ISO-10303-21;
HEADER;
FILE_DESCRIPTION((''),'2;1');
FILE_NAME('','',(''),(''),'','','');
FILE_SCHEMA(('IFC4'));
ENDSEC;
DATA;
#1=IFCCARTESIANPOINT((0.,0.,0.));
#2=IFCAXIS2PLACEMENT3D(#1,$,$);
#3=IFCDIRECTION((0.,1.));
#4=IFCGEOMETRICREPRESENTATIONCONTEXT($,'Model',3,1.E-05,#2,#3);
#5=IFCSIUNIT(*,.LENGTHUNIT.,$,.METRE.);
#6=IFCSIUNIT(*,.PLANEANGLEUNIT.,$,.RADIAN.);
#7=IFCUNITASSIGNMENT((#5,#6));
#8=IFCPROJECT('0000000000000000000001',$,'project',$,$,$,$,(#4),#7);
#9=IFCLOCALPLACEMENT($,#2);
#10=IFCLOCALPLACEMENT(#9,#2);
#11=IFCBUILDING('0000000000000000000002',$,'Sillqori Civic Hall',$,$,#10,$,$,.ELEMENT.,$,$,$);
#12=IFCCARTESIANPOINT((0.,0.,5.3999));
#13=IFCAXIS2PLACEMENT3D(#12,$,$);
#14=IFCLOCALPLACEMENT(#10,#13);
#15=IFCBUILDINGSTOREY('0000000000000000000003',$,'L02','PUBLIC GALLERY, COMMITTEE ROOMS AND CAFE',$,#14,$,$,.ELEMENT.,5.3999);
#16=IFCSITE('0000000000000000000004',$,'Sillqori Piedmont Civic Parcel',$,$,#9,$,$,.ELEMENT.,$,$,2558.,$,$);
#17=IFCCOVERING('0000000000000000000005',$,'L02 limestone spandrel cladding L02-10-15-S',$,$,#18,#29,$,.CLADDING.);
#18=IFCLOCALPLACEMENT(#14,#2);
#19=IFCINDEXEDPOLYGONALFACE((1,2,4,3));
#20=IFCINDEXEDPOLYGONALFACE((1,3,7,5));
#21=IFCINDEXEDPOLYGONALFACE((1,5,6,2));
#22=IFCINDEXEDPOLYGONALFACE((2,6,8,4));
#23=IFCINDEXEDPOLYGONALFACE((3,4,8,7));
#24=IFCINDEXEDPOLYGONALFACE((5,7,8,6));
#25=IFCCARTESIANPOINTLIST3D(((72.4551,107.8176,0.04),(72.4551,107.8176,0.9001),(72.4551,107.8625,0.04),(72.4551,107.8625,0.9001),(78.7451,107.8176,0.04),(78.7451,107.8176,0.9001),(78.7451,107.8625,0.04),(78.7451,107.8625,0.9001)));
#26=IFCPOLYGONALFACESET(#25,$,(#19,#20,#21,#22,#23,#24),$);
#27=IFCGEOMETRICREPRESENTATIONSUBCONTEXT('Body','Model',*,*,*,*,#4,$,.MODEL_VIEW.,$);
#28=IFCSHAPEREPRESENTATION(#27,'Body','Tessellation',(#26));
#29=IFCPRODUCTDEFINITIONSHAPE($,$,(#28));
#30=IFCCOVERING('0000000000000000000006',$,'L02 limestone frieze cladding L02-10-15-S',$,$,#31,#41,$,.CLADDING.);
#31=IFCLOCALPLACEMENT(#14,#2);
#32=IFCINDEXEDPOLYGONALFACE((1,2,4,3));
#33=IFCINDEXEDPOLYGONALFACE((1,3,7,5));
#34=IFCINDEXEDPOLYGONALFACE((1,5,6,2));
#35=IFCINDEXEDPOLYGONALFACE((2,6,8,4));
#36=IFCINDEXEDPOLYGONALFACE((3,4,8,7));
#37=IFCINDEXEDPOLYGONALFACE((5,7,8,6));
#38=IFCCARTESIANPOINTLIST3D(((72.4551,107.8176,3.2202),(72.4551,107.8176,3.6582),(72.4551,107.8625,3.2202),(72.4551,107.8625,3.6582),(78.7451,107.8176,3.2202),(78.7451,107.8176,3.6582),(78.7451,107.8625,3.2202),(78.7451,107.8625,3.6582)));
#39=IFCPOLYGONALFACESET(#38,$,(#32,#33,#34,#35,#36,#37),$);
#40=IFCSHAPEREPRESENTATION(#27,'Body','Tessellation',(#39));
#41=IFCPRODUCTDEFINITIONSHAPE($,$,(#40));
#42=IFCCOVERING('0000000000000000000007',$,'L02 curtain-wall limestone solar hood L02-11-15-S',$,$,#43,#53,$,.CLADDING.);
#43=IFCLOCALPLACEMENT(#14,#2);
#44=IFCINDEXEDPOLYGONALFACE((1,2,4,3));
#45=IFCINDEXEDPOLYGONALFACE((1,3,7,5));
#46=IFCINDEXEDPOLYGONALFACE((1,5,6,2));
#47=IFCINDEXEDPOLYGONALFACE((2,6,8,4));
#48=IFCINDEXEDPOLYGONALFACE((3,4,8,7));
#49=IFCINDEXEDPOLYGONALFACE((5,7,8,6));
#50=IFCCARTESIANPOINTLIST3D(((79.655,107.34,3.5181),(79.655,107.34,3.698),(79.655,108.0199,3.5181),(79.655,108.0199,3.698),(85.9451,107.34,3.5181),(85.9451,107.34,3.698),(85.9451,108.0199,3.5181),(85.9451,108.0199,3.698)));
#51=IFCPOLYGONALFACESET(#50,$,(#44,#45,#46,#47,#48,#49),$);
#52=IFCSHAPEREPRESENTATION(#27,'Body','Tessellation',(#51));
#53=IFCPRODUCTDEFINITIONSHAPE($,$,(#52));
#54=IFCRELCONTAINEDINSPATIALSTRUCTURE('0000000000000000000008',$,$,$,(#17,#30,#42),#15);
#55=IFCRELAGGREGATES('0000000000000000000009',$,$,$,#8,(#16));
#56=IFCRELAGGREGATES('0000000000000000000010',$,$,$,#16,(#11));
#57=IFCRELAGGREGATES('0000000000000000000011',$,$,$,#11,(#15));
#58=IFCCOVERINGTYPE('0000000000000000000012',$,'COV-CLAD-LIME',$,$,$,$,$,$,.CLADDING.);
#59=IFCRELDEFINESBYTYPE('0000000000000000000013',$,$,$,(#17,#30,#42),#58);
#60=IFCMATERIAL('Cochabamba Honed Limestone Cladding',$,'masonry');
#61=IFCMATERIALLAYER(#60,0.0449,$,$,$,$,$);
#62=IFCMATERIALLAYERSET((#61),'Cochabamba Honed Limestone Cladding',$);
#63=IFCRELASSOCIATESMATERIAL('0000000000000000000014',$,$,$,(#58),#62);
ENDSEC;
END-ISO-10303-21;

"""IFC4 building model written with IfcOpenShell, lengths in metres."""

from ifc_helpers import new_model, si_unit, direction, frame, frame_2d, origin, place, context, subcontext, project, spatial, rectangle, extrude, material, layer, layer_set, type_object, element, save


model = new_model("IFC4")

# Units and contexts
model_context = context("Model", 3, precision=1e-05, world=origin(), true_north=direction((0.0, 1.0)))
body_context = subcontext(model_context, "Body", "Model", "MODEL_VIEW")
ifc_project = project(units=[si_unit("LENGTHUNIT", "METRE"), si_unit("PLANEANGLEUNIT", "RADIAN")], contexts=[model_context])

# Site, building, storey
site_placement = place(None, origin())
site = spatial("IfcSite", under=ifc_project, at=site_placement, Name="Sillqori Piedmont Civic Parcel", CompositionType="ELEMENT", RefElevation=2558.0)
building_placement = place(site_placement, origin())
building = spatial("IfcBuilding", under=site, at=building_placement, Name="Sillqori Civic Hall", CompositionType="ELEMENT")
storey_placement = place(building_placement, frame((0.0, 0.0, 5.3999)))
storey = spatial("IfcBuildingStorey", under=building, at=storey_placement, Name="L02", Description="PUBLIC GALLERY, COMMITTEE ROOMS AND CAFE", CompositionType="ELEMENT", Elevation=5.3999)

# Coverings
ifc_material_1 = material(Name="Cochabamba Honed Limestone Cladding", Category="masonry")
ifc_layer_1 = layer(ifc_material_1, 0.0449)
ifc_layer_set_1 = layer_set([ifc_layer_1], Name="Cochabamba Honed Limestone Cladding")
covering_type = type_object("IfcCoveringType", Name="COV-CLAD-LIME", PredefinedType="CLADDING", material=ifc_layer_set_1)
covering_1_placement = place(storey_placement, frame((78.7451, 107.8401, 0.04), z_axis=(0.0, 0.0, 1.0), x_axis=(-1.0, 0.0, 0.0)))
element("IfcCovering", 1, at=covering_1_placement, inside=storey, type_object=covering_type, Name="L02 limestone spandrel cladding L02-10-15-S", PredefinedType="CLADDING", context=body_context, shape_type="SweptSolid", body=[
    extrude(rectangle(XDim=6.29, YDim=0.0449, at=frame_2d((3.145, 0.0))), origin(), (0.0, 0.0, 1.0), 0.8601),
])
covering_2_placement = place(storey_placement, frame((78.7451, 107.8401, 3.2202), z_axis=(0.0, 0.0, 1.0), x_axis=(-1.0, 0.0, 0.0)))
element("IfcCovering", 2, at=covering_2_placement, inside=storey, type_object=covering_type, Name="L02 limestone frieze cladding L02-10-15-S", PredefinedType="CLADDING", context=body_context, shape_type="SweptSolid", body=[
    extrude(rectangle(XDim=6.29, YDim=0.0449, at=frame_2d((3.145, 0.0))), origin(), (0.0, 0.0, 1.0), 0.438),
])
covering_3_placement = place(storey_placement, frame((85.9451, 107.6799, 3.5181), z_axis=(0.0, 0.0, 1.0), x_axis=(-1.0, 0.0, 0.0)))
element("IfcCovering", 3, at=covering_3_placement, inside=storey, type_object=covering_type, Name="L02 curtain-wall limestone solar hood L02-11-15-S", PredefinedType="CLADDING", context=body_context, shape_type="SweptSolid", body=[
    extrude(rectangle(XDim=6.29, YDim=0.6799, at=frame_2d((3.145, 0.0))), origin(), (0.0, 0.0, 1.0), 0.1799),
])

save(model, "model.ifc")
